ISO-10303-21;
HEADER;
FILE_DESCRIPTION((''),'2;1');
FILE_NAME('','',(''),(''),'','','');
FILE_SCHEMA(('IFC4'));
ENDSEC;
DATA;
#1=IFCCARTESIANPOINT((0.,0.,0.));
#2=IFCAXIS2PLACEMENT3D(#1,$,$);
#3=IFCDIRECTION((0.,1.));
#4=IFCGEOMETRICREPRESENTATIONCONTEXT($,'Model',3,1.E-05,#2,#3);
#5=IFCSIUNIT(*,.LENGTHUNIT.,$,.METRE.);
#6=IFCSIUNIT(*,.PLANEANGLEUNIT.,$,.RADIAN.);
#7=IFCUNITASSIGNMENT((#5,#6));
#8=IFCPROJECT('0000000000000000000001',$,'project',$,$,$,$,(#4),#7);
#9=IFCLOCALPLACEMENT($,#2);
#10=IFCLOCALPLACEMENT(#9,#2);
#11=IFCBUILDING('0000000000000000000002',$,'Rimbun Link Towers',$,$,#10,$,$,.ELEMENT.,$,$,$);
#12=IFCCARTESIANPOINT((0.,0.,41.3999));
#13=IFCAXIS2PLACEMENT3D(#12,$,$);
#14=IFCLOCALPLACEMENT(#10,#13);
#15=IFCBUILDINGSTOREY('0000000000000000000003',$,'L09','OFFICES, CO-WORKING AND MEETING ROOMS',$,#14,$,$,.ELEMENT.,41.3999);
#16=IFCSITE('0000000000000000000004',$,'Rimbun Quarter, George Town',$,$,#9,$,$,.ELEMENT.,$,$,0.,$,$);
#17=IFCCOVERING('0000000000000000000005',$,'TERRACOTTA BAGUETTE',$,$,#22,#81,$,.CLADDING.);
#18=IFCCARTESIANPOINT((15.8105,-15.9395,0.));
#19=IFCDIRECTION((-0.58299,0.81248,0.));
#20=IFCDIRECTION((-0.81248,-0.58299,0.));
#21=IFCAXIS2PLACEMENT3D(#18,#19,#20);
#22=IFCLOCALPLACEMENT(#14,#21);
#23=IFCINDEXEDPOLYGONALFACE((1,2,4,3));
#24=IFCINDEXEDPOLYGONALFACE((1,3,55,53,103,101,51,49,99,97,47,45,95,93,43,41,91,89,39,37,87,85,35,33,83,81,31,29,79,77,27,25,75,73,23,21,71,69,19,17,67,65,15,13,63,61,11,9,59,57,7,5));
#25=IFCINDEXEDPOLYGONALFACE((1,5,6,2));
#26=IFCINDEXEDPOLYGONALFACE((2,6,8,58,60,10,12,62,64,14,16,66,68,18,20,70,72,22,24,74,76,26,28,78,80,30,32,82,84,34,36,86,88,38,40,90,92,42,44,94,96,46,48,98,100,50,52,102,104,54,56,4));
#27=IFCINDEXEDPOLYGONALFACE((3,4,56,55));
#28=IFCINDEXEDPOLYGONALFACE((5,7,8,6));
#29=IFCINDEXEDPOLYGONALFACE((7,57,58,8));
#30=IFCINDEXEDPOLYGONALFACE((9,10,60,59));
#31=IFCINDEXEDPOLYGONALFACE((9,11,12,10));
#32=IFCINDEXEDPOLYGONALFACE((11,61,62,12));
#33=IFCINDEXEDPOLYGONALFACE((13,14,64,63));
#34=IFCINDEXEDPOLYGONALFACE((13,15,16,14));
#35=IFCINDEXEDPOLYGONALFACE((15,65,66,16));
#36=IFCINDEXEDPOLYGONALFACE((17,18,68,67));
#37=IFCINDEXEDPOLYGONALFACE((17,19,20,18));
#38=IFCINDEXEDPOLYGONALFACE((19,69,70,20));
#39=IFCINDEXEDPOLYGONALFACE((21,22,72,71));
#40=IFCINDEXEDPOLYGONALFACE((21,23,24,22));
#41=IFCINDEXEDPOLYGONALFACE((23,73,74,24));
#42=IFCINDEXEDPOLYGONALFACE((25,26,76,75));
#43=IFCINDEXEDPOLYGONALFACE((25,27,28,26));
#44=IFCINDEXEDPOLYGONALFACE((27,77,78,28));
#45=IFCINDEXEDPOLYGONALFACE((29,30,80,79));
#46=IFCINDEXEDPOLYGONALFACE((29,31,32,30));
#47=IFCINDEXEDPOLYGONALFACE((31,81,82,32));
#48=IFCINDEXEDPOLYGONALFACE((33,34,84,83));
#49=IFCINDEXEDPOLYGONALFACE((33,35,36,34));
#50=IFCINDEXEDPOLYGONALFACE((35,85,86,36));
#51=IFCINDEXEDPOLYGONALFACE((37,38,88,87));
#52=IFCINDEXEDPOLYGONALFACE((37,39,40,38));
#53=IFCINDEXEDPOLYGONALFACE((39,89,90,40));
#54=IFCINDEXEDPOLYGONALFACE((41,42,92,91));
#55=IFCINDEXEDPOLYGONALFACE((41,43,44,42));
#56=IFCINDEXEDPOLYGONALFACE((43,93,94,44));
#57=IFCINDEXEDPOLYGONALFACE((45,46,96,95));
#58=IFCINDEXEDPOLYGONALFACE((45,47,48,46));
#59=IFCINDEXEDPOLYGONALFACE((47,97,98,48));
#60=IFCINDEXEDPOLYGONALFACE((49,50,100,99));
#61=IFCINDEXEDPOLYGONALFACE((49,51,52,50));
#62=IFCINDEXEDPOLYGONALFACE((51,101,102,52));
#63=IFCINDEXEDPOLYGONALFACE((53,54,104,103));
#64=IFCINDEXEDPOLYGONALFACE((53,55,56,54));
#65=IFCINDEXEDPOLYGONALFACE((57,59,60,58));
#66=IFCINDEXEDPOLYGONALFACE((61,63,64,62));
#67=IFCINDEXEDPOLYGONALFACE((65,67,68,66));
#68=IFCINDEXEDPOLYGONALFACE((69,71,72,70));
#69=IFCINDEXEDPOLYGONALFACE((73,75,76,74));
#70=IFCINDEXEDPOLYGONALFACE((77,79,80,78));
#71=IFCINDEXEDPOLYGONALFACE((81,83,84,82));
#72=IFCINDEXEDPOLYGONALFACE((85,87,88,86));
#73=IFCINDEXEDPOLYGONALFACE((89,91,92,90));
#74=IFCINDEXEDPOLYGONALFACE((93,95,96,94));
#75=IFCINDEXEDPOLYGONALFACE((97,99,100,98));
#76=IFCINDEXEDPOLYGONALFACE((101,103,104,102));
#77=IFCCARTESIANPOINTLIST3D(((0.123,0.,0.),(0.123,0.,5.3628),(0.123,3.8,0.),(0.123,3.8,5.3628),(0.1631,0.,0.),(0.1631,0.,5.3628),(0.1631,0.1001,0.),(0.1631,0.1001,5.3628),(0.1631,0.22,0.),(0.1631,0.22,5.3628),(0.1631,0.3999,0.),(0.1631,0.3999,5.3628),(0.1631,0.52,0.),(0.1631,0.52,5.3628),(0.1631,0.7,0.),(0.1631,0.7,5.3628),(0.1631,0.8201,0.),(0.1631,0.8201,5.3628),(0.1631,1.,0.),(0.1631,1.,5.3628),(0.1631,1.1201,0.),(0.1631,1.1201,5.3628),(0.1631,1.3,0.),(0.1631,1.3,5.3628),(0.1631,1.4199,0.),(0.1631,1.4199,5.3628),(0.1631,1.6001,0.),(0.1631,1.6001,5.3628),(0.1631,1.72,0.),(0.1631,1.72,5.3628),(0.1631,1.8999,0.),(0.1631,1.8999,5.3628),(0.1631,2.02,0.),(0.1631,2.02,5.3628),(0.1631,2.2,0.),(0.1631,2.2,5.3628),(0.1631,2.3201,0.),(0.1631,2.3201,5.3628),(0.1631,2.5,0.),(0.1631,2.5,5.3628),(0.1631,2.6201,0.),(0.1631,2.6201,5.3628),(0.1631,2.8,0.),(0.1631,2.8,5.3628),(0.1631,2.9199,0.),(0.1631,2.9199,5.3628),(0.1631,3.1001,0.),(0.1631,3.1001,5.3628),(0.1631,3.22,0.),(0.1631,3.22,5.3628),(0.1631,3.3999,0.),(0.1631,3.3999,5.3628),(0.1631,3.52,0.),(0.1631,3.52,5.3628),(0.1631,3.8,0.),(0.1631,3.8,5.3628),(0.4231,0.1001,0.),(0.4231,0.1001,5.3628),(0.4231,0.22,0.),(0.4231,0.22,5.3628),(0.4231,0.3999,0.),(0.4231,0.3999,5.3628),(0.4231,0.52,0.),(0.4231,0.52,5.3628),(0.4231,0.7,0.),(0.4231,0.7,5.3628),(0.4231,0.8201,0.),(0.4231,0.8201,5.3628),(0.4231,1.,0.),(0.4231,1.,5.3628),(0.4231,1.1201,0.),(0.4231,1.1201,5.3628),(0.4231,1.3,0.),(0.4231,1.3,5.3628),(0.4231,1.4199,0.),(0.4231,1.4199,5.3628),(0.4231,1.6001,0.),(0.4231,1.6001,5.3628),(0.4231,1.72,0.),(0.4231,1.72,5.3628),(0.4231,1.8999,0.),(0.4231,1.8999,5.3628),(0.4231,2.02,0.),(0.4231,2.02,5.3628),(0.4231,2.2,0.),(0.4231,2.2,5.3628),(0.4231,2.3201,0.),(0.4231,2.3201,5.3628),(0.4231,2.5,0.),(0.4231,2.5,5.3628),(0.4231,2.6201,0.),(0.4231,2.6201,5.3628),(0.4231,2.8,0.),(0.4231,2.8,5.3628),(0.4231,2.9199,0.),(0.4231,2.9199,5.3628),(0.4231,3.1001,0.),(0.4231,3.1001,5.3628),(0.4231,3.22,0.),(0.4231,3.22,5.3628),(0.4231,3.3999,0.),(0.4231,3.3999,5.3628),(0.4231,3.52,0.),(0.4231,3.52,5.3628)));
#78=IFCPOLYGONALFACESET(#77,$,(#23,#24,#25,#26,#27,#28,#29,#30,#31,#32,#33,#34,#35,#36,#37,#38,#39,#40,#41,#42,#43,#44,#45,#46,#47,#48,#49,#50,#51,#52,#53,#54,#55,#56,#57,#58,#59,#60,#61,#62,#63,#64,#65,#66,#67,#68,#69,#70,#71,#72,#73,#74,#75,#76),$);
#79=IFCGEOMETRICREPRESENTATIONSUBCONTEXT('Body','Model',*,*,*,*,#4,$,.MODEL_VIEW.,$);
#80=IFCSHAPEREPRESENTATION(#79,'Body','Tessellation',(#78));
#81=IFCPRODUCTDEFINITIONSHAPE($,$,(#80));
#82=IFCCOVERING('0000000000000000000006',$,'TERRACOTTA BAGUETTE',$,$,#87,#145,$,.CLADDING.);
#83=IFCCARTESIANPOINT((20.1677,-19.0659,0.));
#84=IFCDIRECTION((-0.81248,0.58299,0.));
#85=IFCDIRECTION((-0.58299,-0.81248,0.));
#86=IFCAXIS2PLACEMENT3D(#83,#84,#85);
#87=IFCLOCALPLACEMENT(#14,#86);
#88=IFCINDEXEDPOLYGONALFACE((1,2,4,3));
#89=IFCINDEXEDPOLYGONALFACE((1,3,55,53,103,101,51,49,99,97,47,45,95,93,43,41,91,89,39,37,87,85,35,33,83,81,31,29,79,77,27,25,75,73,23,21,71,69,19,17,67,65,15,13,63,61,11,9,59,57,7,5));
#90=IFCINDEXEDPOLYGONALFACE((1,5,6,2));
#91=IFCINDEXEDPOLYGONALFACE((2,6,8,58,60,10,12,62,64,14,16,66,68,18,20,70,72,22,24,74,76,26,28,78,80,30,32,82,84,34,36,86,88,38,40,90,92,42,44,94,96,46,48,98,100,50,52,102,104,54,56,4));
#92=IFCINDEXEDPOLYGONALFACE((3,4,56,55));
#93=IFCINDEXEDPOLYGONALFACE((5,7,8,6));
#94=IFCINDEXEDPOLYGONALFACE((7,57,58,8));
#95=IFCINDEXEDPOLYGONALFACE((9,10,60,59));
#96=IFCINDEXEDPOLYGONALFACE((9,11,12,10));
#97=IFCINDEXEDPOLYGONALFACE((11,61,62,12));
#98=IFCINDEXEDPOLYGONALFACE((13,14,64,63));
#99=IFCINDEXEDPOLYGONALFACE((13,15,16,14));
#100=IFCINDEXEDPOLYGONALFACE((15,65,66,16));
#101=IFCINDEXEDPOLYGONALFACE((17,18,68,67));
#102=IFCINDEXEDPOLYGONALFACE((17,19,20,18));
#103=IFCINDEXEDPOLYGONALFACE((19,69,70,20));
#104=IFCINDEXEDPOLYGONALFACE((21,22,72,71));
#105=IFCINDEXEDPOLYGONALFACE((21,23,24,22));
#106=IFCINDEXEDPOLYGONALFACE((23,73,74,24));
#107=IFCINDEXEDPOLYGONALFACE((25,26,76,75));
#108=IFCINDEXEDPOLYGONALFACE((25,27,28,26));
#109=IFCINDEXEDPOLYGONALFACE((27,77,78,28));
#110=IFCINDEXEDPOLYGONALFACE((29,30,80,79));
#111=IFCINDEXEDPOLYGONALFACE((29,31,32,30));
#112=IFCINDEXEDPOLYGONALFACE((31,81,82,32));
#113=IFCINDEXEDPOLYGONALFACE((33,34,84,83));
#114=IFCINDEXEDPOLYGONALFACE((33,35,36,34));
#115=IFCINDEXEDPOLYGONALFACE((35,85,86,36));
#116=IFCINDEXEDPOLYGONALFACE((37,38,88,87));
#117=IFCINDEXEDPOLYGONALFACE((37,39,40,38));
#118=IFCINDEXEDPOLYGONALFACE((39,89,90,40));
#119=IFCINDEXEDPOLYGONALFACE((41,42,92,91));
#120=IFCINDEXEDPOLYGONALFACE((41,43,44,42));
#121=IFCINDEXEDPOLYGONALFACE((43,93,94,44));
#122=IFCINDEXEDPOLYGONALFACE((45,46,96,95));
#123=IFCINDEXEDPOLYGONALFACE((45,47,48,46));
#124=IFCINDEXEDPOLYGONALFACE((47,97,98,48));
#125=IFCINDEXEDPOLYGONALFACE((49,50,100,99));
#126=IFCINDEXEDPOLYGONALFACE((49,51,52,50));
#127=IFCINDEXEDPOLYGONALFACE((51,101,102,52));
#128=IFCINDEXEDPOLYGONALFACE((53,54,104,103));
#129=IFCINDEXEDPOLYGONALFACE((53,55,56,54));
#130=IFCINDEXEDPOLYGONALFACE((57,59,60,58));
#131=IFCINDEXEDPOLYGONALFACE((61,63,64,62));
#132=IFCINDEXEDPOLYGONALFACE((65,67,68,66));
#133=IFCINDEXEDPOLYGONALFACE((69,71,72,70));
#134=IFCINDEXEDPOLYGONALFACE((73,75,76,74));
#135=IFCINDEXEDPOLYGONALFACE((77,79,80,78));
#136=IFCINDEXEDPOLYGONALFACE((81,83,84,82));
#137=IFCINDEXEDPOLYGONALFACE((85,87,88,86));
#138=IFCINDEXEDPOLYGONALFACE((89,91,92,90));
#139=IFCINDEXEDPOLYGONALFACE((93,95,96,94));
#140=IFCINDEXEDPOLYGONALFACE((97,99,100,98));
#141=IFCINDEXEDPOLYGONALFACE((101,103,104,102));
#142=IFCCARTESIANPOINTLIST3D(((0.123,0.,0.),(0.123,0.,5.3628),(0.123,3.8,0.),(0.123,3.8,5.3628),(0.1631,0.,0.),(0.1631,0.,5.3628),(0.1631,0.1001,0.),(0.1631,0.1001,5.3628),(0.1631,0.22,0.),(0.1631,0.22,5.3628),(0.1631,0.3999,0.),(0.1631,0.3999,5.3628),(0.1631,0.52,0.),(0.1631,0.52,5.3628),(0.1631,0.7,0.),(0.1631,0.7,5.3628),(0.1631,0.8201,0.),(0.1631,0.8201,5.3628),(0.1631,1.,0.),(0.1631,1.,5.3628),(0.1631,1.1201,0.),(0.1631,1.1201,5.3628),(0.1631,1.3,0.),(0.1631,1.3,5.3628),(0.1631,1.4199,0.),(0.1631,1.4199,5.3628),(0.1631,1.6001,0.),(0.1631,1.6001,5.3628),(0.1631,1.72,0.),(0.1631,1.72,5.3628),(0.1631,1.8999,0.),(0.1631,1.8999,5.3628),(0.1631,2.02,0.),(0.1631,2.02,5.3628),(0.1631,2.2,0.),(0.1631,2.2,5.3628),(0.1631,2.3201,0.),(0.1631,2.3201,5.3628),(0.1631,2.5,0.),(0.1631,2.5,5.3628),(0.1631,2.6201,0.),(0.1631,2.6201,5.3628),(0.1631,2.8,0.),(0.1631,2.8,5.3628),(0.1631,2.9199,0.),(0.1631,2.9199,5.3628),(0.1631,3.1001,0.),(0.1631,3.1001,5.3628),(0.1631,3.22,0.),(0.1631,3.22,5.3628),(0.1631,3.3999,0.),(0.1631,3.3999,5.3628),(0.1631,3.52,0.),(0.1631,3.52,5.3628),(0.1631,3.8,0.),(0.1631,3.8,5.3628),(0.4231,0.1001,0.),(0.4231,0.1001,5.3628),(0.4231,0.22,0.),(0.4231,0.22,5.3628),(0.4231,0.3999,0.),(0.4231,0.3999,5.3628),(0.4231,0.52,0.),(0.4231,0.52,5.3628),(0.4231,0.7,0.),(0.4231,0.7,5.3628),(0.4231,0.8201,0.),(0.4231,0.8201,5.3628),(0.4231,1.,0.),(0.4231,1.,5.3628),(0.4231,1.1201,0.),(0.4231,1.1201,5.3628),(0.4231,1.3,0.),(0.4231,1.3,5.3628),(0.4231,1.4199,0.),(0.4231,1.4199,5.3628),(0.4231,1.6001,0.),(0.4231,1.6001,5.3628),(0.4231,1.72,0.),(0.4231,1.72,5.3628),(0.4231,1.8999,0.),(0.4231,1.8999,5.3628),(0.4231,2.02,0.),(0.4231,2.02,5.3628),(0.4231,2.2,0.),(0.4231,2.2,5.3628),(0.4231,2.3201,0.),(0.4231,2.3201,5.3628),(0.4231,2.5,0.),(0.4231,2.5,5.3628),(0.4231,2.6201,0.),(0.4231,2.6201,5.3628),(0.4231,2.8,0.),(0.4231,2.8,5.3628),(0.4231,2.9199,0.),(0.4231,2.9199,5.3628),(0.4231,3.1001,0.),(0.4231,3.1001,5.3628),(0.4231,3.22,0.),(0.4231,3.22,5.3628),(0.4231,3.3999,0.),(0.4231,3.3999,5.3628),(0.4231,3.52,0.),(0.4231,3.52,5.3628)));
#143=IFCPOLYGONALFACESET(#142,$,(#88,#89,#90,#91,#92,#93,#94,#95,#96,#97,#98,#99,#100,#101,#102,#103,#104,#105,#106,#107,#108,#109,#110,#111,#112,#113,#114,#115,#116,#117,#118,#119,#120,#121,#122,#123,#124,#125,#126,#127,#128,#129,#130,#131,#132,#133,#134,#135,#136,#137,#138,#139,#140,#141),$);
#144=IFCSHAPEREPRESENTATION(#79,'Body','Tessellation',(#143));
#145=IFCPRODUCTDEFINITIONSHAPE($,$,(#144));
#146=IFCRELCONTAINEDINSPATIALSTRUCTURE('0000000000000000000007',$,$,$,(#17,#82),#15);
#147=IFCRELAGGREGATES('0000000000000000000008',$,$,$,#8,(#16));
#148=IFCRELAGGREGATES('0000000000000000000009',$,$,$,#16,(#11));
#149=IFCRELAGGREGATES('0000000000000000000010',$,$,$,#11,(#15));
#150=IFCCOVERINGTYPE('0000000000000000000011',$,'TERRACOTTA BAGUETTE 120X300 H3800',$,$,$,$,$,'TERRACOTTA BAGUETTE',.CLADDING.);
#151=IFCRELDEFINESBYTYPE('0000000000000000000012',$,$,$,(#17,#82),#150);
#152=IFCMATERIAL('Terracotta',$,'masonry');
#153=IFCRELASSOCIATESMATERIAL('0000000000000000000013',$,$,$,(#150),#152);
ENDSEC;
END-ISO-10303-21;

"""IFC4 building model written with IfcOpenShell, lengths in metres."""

from ifc_helpers import new_model, si_unit, direction, frame, origin, place, context, subcontext, project, spatial, polyline, outline, extrude, material, material_profile, profile_set, type_object, element, save


model = new_model("IFC4")

# Units and contexts
model_context = context("Model", 3, precision=1e-05, world=origin(), true_north=direction((0.0, 1.0)))
body_context = subcontext(model_context, "Body", "Model", "MODEL_VIEW")
ifc_project = project(units=[si_unit("LENGTHUNIT", "METRE"), si_unit("PLANEANGLEUNIT", "RADIAN")], contexts=[model_context])

# Site, building, storey
site_placement = place(None, origin())
site = spatial("IfcSite", under=ifc_project, at=site_placement, Name="Rimbun Quarter, George Town", CompositionType="ELEMENT", RefElevation=0.0)
building_placement = place(site_placement, origin())
building = spatial("IfcBuilding", under=site, at=building_placement, Name="Rimbun Link Towers", CompositionType="ELEMENT")
storey_placement = place(building_placement, frame((0.0, 0.0, 41.3999)))
storey = spatial("IfcBuildingStorey", under=building, at=storey_placement, Name="L09", Description="OFFICES, CO-WORKING AND MEETING ROOMS", CompositionType="ELEMENT", Elevation=41.3999)

# Coverings
ifc_material_1 = material(Name="Terracotta", Category="masonry")
ifc_material_profile_1 = material_profile(ifc_material_1, outline(polyline([(0.123, 0.0), (0.1631, 0.0), (0.1631, 0.1001), (0.4231, 0.1001), (0.4231, 0.22), (0.1631, 0.22), (0.1631, 0.3999), (0.4231, 0.3999), (0.4231, 0.52), (0.1631, 0.52), (0.1631, 0.7), (0.4231, 0.7), (0.4231, 0.8201), (0.1631, 0.8201), (0.1631, 1.0), (0.4231, 1.0), (0.4231, 1.1201), (0.1631, 1.1201), (0.1631, 1.3), (0.4231, 1.3), (0.4231, 1.4199), (0.1631, 1.4199), (0.1631, 1.6001), (0.4231, 1.6001), (0.4231, 1.72), (0.1631, 1.72), (0.1631, 1.8999), (0.4231, 1.8999), (0.4231, 2.02), (0.1631, 2.02), (0.1631, 2.2), (0.4231, 2.2), (0.4231, 2.3201), (0.1631, 2.3201), (0.1631, 2.5), (0.4231, 2.5), (0.4231, 2.6201), (0.1631, 2.6201), (0.1631, 2.8), (0.4231, 2.8), (0.4231, 2.9199), (0.1631, 2.9199), (0.1631, 3.1001), (0.4231, 3.1001), (0.4231, 3.22), (0.1631, 3.22), (0.1631, 3.3999), (0.4231, 3.3999), (0.4231, 3.52), (0.1631, 3.52), (0.1631, 3.8), (0.123, 3.8), (0.123, 0.0)])), Name="BAGUETTE 120X300")
ifc_profile_set_1 = profile_set([ifc_material_profile_1], Name="Terracotta")
covering_type = type_object("IfcCoveringType", Name="TERRACOTTA BAGUETTE 120X300 H3800", ElementType="TERRACOTTA BAGUETTE", PredefinedType="CLADDING", material=ifc_profile_set_1)
for number, where, z_axis, x_axis, name in (
    (1, (15.8105, -15.9395, 0.0), (-0.58299, 0.81248, 0.0), (-0.81248, -0.58299, 0.0), "TERRACOTTA BAGUETTE"),
    (2, (20.1677, -19.0659, 0.0), (-0.81248, 0.58299, 0.0), (-0.58299, -0.81248, 0.0), "TERRACOTTA BAGUETTE"),
):
    element("IfcCovering", number, at=place(storey_placement, frame(where, z_axis=z_axis, x_axis=x_axis)), inside=storey, type_object=covering_type, Name=name, PredefinedType="CLADDING", context=body_context, shape_type="SweptSolid", body=[
        extrude(outline(polyline([(0.123, 0.0), (0.1631, 0.0), (0.1631, 0.1001), (0.4231, 0.1001), (0.4231, 0.22), (0.1631, 0.22), (0.1631, 0.3999), (0.4231, 0.3999), (0.4231, 0.52), (0.1631, 0.52), (0.1631, 0.7), (0.4231, 0.7), (0.4231, 0.8201), (0.1631, 0.8201), (0.1631, 1.0), (0.4231, 1.0), (0.4231, 1.1201), (0.1631, 1.1201), (0.1631, 1.3), (0.4231, 1.3), (0.4231, 1.4199), (0.1631, 1.4199), (0.1631, 1.6001), (0.4231, 1.6001), (0.4231, 1.72), (0.1631, 1.72), (0.1631, 1.8999), (0.4231, 1.8999), (0.4231, 2.02), (0.1631, 2.02), (0.1631, 2.2), (0.4231, 2.2), (0.4231, 2.3201), (0.1631, 2.3201), (0.1631, 2.5), (0.4231, 2.5), (0.4231, 2.6201), (0.1631, 2.6201), (0.1631, 2.8), (0.4231, 2.8), (0.4231, 2.9199), (0.1631, 2.9199), (0.1631, 3.1001), (0.4231, 3.1001), (0.4231, 3.22), (0.1631, 3.22), (0.1631, 3.3999), (0.4231, 3.3999), (0.4231, 3.52), (0.1631, 3.52), (0.1631, 3.8), (0.123, 3.8), (0.123, 0.0)])), origin(), (0.0, 0.0, 1.0), 5.3628),
    ])

save(model, "model.ifc")
